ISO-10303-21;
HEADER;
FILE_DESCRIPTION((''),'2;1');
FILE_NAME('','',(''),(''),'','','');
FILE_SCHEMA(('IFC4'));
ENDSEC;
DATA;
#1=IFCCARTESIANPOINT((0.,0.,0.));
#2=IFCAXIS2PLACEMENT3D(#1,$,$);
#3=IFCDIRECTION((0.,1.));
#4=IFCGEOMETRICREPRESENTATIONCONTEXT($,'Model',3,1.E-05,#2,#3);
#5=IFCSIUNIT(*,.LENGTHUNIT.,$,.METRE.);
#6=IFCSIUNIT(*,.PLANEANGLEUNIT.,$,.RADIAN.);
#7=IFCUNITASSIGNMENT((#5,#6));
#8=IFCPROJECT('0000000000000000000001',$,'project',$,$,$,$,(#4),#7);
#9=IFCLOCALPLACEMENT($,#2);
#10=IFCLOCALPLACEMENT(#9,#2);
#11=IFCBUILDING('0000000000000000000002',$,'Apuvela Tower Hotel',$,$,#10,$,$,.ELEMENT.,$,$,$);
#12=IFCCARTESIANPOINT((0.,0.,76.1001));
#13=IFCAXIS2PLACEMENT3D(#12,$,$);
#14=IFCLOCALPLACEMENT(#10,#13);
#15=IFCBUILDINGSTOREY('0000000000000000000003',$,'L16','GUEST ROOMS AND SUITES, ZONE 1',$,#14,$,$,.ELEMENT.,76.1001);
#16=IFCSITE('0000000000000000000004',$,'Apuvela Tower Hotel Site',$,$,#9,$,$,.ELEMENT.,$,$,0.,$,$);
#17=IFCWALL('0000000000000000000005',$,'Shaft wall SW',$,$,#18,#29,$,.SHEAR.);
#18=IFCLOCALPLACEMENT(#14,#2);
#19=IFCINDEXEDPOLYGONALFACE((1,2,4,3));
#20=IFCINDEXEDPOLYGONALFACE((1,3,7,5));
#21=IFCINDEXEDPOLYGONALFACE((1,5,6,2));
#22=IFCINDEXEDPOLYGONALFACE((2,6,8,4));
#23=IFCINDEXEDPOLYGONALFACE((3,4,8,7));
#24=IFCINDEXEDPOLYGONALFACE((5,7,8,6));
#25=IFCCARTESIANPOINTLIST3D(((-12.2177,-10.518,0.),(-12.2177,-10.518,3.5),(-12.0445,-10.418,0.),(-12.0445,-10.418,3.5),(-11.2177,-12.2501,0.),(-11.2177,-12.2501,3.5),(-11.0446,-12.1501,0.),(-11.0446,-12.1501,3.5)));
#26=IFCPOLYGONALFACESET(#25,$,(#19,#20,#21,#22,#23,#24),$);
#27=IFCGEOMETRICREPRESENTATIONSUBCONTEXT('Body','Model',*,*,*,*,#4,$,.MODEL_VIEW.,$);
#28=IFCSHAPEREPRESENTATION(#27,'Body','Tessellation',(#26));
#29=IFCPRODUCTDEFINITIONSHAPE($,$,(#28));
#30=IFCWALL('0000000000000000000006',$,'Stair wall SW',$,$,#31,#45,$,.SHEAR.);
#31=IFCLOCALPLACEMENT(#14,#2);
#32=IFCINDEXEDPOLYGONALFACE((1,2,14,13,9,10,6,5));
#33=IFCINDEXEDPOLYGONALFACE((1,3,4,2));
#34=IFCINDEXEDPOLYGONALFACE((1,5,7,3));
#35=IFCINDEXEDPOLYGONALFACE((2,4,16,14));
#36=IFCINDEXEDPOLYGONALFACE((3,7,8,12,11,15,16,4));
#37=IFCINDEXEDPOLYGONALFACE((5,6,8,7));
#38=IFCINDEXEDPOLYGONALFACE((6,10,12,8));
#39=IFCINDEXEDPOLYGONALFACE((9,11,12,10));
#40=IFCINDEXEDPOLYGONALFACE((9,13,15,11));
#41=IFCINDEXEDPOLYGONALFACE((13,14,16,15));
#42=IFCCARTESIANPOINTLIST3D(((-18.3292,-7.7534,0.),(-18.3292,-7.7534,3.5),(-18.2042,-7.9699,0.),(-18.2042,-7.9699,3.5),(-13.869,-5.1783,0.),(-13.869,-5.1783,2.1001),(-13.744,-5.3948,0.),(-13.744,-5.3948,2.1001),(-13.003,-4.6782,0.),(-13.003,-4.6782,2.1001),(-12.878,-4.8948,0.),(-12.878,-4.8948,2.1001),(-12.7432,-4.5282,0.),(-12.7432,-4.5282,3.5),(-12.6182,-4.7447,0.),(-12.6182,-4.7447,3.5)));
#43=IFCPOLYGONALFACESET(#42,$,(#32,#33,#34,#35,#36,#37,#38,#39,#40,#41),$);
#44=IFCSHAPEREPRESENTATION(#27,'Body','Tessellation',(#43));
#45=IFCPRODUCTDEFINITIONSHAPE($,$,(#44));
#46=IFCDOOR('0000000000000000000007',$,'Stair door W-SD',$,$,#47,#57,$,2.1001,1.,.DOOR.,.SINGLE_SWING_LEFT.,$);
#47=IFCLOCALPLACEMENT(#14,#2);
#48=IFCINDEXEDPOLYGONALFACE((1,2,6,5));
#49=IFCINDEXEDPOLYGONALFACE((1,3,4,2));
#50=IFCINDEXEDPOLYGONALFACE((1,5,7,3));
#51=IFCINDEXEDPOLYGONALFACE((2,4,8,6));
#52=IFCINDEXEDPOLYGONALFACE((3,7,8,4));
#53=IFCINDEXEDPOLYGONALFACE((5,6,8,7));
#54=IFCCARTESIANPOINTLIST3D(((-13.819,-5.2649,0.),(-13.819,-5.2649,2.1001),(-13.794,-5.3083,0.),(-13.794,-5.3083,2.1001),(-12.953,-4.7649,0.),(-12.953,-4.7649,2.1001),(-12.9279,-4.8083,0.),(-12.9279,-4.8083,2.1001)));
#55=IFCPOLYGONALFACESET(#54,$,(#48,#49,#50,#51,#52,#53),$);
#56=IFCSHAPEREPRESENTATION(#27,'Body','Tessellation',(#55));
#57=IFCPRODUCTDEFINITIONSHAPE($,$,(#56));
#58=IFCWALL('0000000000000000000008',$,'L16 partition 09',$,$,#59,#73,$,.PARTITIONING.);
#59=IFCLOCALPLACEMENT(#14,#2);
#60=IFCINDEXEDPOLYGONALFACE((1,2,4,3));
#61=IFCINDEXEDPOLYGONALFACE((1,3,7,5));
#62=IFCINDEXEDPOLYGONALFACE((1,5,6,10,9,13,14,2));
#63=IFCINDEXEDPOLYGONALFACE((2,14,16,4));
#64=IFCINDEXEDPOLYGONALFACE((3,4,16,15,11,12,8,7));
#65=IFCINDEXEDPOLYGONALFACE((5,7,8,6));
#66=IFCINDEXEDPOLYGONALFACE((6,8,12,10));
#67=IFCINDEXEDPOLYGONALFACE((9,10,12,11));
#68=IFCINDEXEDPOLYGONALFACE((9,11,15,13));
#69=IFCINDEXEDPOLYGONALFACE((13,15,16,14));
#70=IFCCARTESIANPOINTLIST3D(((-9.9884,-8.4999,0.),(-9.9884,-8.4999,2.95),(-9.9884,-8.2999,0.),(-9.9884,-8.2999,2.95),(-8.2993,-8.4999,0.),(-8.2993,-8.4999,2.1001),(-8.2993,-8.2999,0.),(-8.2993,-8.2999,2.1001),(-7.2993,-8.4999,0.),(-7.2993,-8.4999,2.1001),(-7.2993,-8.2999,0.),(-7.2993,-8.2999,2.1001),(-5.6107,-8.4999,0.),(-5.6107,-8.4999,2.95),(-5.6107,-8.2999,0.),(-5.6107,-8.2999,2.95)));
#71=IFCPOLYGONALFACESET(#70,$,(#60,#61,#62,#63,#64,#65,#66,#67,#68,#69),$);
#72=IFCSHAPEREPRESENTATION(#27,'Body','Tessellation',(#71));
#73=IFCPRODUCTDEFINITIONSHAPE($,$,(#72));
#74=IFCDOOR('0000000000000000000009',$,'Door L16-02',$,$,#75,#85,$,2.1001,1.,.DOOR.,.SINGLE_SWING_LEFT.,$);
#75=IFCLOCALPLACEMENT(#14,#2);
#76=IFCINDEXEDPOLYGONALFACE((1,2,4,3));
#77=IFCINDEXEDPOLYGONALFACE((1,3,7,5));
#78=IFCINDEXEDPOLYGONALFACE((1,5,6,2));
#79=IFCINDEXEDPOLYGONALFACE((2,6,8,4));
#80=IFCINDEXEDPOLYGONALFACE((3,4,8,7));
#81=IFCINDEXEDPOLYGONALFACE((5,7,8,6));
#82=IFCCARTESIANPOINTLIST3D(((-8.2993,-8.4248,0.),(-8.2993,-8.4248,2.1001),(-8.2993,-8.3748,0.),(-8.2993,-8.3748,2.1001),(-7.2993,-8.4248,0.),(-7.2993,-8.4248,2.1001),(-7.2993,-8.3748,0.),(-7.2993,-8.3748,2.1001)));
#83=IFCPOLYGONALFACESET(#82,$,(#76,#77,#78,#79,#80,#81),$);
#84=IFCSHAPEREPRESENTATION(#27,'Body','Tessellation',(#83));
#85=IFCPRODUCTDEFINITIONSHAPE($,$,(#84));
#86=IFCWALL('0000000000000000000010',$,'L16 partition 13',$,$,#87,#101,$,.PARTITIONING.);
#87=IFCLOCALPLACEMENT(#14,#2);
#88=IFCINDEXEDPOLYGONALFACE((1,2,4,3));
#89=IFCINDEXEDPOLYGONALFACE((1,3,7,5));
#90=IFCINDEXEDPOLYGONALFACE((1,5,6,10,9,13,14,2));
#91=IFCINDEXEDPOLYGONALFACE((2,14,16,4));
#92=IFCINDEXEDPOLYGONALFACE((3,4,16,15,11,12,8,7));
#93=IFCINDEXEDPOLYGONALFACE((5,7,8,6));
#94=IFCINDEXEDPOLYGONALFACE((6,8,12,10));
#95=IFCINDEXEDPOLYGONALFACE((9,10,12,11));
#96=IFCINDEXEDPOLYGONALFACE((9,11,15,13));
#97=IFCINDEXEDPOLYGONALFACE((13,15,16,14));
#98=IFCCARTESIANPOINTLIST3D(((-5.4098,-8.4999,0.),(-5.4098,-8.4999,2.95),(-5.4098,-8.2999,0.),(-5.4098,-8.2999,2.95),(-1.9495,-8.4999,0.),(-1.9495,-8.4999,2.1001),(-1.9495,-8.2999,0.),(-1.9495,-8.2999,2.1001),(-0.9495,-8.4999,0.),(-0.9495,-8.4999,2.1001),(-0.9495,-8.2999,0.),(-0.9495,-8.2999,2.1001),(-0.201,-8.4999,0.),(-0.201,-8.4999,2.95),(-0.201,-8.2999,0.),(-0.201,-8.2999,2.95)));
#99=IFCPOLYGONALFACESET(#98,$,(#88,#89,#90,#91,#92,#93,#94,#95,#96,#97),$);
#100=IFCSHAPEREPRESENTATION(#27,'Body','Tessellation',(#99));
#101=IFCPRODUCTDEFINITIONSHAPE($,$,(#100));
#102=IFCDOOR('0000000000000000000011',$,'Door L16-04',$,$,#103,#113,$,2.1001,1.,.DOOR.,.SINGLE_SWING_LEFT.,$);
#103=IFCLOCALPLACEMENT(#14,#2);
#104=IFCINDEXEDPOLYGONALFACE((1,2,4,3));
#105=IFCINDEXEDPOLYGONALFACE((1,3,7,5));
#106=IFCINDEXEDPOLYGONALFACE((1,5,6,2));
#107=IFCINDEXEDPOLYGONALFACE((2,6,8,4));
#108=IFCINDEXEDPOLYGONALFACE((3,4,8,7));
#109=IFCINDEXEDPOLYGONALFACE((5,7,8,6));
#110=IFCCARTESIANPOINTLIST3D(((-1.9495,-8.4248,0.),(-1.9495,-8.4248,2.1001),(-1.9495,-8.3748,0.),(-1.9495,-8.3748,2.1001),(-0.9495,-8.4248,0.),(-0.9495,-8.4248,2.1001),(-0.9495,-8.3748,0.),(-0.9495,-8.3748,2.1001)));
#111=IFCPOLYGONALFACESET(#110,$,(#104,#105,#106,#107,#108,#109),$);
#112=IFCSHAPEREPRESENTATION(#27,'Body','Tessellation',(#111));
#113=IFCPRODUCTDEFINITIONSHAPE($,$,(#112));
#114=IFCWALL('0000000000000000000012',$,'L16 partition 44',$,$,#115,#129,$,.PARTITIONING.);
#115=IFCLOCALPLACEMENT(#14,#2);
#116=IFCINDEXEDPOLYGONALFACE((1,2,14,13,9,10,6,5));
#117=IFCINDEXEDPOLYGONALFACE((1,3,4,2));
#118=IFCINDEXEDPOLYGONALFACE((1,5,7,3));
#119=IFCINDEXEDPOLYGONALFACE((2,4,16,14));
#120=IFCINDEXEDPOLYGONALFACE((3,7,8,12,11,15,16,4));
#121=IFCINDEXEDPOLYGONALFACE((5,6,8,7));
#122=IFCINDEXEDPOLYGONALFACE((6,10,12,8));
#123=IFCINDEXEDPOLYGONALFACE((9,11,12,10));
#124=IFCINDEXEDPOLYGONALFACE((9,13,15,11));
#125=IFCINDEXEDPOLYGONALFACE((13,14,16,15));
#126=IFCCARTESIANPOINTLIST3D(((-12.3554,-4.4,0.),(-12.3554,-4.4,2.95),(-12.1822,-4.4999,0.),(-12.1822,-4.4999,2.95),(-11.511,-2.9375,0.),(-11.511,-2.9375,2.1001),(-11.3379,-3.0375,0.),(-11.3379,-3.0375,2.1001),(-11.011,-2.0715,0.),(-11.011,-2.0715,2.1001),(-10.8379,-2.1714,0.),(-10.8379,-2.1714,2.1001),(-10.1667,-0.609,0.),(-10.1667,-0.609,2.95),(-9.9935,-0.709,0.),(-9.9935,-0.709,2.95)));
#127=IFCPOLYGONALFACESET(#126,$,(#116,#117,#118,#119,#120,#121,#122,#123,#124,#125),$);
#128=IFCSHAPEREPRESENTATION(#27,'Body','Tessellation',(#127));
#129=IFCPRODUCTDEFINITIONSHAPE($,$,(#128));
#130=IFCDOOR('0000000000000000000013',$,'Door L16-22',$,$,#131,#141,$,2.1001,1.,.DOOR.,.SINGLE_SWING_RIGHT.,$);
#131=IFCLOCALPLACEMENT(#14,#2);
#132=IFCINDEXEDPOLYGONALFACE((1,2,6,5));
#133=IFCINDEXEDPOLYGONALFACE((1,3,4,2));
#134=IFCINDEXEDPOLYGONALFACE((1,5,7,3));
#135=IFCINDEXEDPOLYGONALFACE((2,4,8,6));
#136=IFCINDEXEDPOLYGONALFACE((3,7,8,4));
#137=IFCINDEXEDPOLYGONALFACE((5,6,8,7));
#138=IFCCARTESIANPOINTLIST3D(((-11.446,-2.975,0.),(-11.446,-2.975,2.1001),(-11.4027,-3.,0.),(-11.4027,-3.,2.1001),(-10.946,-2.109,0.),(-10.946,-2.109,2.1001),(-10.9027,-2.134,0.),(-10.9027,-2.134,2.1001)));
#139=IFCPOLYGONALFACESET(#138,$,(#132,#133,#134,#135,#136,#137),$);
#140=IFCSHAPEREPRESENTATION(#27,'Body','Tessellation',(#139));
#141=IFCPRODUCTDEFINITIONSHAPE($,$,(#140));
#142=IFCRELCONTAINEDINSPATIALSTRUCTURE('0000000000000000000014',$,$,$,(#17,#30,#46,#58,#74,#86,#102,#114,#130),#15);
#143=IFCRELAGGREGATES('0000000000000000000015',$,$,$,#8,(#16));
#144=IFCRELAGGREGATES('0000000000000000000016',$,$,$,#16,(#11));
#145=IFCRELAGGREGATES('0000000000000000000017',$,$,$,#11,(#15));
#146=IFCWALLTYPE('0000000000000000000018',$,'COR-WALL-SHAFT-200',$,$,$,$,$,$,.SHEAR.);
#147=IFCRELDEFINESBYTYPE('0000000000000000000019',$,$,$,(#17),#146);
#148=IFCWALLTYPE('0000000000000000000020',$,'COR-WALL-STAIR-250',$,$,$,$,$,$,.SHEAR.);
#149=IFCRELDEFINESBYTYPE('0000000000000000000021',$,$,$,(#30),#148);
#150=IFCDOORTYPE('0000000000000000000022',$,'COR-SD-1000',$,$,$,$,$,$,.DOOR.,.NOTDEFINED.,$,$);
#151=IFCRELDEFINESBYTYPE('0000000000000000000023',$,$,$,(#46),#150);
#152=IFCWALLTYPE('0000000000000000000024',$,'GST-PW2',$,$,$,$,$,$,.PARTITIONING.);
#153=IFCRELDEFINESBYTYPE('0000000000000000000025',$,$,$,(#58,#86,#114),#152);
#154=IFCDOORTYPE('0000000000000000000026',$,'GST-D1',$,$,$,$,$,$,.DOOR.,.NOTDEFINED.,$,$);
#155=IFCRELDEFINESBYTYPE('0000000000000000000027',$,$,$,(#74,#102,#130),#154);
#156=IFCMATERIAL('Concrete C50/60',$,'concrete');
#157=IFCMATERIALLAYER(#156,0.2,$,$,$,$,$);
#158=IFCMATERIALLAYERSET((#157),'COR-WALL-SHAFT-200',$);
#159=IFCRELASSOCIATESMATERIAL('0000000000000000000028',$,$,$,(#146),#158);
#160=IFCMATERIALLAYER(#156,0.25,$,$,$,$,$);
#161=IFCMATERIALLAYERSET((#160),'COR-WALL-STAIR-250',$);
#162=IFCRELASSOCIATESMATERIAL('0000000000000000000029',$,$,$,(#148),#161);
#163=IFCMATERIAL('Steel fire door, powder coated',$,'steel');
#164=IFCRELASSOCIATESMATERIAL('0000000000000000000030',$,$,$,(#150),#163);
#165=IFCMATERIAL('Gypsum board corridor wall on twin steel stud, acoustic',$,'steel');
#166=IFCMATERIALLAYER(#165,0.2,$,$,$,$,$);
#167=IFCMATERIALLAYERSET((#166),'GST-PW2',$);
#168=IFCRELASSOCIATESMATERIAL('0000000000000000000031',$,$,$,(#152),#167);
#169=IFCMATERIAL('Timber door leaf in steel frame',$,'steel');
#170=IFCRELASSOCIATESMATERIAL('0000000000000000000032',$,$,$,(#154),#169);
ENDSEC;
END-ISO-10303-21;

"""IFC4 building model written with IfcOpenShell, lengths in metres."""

from ifc_helpers import new_model, si_unit, direction, frame, frame_2d, origin, place, context, subcontext, project, spatial, rectangle, extrude, material, layer, layer_set, type_object, element, fill, save


model = new_model("IFC4")

# Units and contexts
model_context = context("Model", 3, precision=1e-05, world=origin(), true_north=direction((0.0, 1.0)))
body_context = subcontext(model_context, "Body", "Model", "MODEL_VIEW")
ifc_project = project(units=[si_unit("LENGTHUNIT", "METRE"), si_unit("PLANEANGLEUNIT", "RADIAN")], contexts=[model_context])

# Site, building, storey
site_placement = place(None, origin())
site = spatial("IfcSite", under=ifc_project, at=site_placement, Name="Apuvela Tower Hotel Site", CompositionType="ELEMENT", RefElevation=0.0)
building_placement = place(site_placement, origin())
building = spatial("IfcBuilding", under=site, at=building_placement, Name="Apuvela Tower Hotel", CompositionType="ELEMENT")
storey_placement = place(building_placement, frame((0.0, 0.0, 76.1001)))
storey = spatial("IfcBuildingStorey", under=building, at=storey_placement, Name="L16", Description="GUEST ROOMS AND SUITES, ZONE 1", CompositionType="ELEMENT", Elevation=76.1001)

# Shared definitions
ifc_material_1 = material(Name="Concrete C50/60", Category="concrete")

# Shared definitions
ifc_layer_1 = layer(ifc_material_1, 0.2)
ifc_layer_set_1 = layer_set([ifc_layer_1], Name="COR-WALL-SHAFT-200")
wall_type_1 = type_object("IfcWallType", Name="COR-WALL-SHAFT-200", PredefinedType="SHEAR", material=ifc_layer_set_1)

# Shared definitions
ifc_material_2 = material(Name="Steel fire door, powder coated", Category="steel")

# Wall
wall_1_placement = place(storey_placement, frame((-12.1311, -10.468, 0.0), z_axis=(0.0, 0.0, 1.0), x_axis=(0.499973, -0.866041, 0.0)))
element("IfcWall", 1, at=wall_1_placement, inside=storey, type_object=wall_type_1, Name="Shaft wall SW", PredefinedType="SHEAR", context=body_context, shape_type="SweptSolid", body=[
    extrude(rectangle(XDim=2.0, YDim=0.2, at=frame_2d((1.0, 0.0))), origin(), (0.0, 0.0, 1.0), 3.5),
])

# Walls, openings, doors
ifc_layer_2 = layer(ifc_material_1, 0.25)
ifc_layer_set_2 = layer_set([ifc_layer_2], Name="COR-WALL-STAIR-250")
wall_type_2 = type_object("IfcWallType", Name="COR-WALL-STAIR-250", PredefinedType="SHEAR", material=ifc_layer_set_2)
wall_2_placement = place(storey_placement, frame((-12.6807, -4.6365, 0.0), z_axis=(0.0, 0.0, 1.0), x_axis=(-0.866022, -0.500006, 0.0)))
wall_2 = element("IfcWall", 2, at=wall_2_placement, inside=storey, type_object=wall_type_2, Name="Stair wall SW", PredefinedType="SHEAR", context=body_context, shape_type="SweptSolid", body=[
    extrude(rectangle(XDim=6.4502, YDim=0.25, at=frame_2d((3.2251, 0.0))), origin(), (0.0, 0.0, 1.0), 3.5),
])
opening_1_placement = place(wall_2_placement, frame((0.3, 0.0, 0.0)))
opening_1 = element("IfcOpeningElement", 3, at=opening_1_placement, cuts=wall_2, PredefinedType="OPENING", context=body_context, shape_type="SweptSolid", body=[
    extrude(rectangle(XDim=1.0, YDim=2.1001, at=frame_2d((0.5, 1.05))), frame((0.0, 0.135, 0.0), z_axis=(0.0, -1.0, 0.0), x_axis=(1.0, 0.0, 0.0)), (0.0, 0.0, 1.0), 0.27),
])
door_type_1 = type_object("IfcDoorType", Name="COR-SD-1000", OperationType="NOTDEFINED", PredefinedType="DOOR", material=ifc_material_2)
door_1_placement = place(opening_1_placement, frame((1.0, 0.0, 0.0), z_axis=(0.0, 0.0, 1.0), x_axis=(-1.0, 0.0, 0.0)))
door_1 = element("IfcDoor", 4, at=door_1_placement, inside=storey, type_object=door_type_1, Name="Stair door W-SD", OperationType="SINGLE_SWING_LEFT", OverallHeight=2.1001, OverallWidth=1.0, PredefinedType="DOOR", context=body_context, shape_type="SweptSolid", body=[
    extrude(rectangle(XDim=1.0, YDim=2.1001, at=frame_2d((0.5, 1.05))), frame((0.0, 0.0249, 0.0), z_axis=(0.0, -1.0, 0.0), x_axis=(1.0, 0.0, 0.0)), (0.0, 0.0, 1.0), 0.05),
])
fill(opening_1, door_1)
ifc_material_3 = material(Name="Gypsum board corridor wall on twin steel stud, acoustic", Category="steel")
ifc_layer_3 = layer(ifc_material_3, 0.2)
ifc_layer_set_3 = layer_set([ifc_layer_3], Name="GST-PW2")
wall_type_3 = type_object("IfcWallType", Name="GST-PW2", PredefinedType="PARTITIONING", material=ifc_layer_set_3)
wall_3_placement = place(storey_placement, frame((-5.6106, -8.3999, 0.0), z_axis=(0.0, 0.0, 1.0), x_axis=(-1.0, 0.0, 0.0)))
wall_3 = element("IfcWall", 5, at=wall_3_placement, inside=storey, type_object=wall_type_3, Name="L16 partition 09", PredefinedType="PARTITIONING", context=body_context, shape_type="SweptSolid", body=[
    extrude(rectangle(XDim=4.3777, YDim=0.2, at=frame_2d((2.189, 0.0))), origin(), (0.0, 0.0, 1.0), 2.95),
])
opening_2_placement = place(wall_3_placement, frame((1.6887, 0.0, 0.0)))
opening_2 = element("IfcOpeningElement", 6, at=opening_2_placement, cuts=wall_3, PredefinedType="OPENING", context=body_context, shape_type="SweptSolid", body=[
    extrude(rectangle(XDim=1.0, YDim=2.1001, at=frame_2d((0.5, 1.05))), frame((0.0, 0.1099, 0.0), z_axis=(0.0, -1.0, 0.0), x_axis=(1.0, 0.0, 0.0)), (0.0, 0.0, 1.0), 0.22),
])
ifc_material_4 = material(Name="Timber door leaf in steel frame", Category="steel")
door_type_2 = type_object("IfcDoorType", Name="GST-D1", OperationType="NOTDEFINED", PredefinedType="DOOR", material=ifc_material_4)
door_2_placement = place(opening_2_placement, origin())
door_2 = element("IfcDoor", 7, at=door_2_placement, inside=storey, type_object=door_type_2, Name="Door L16-02", OperationType="SINGLE_SWING_LEFT", OverallHeight=2.1001, OverallWidth=1.0, PredefinedType="DOOR", context=body_context, shape_type="SweptSolid", body=[
    extrude(rectangle(XDim=1.0, YDim=2.1001, at=frame_2d((0.5, 1.05))), frame((0.0, 0.0249, 0.0), z_axis=(0.0, -1.0, 0.0), x_axis=(1.0, 0.0, 0.0)), (0.0, 0.0, 1.0), 0.05),
])
fill(opening_2, door_2)
wall_4_placement = place(storey_placement, frame((-0.2009, -8.3999, 0.0), z_axis=(0.0, 0.0, 1.0), x_axis=(-1.0, 0.0, 0.0)))
wall_4 = element("IfcWall", 8, at=wall_4_placement, inside=storey, type_object=wall_type_3, Name="L16 partition 13", PredefinedType="PARTITIONING", context=body_context, shape_type="SweptSolid", body=[
    extrude(rectangle(XDim=5.2087, YDim=0.2, at=frame_2d((2.6045, 0.0))), origin(), (0.0, 0.0, 1.0), 2.95),
])
opening_3_placement = place(wall_4_placement, frame((0.7485, 0.0, 0.0)))
opening_3 = element("IfcOpeningElement", 9, at=opening_3_placement, cuts=wall_4, PredefinedType="OPENING", context=body_context, shape_type="SweptSolid", body=[
    extrude(rectangle(XDim=1.0, YDim=2.1001, at=frame_2d((0.5, 1.05))), frame((0.0, 0.1099, 0.0), z_axis=(0.0, -1.0, 0.0), x_axis=(1.0, 0.0, 0.0)), (0.0, 0.0, 1.0), 0.22),
])
door_3_placement = place(opening_3_placement, origin())
door_3 = element("IfcDoor", 10, at=door_3_placement, inside=storey, type_object=door_type_2, Name="Door L16-04", OperationType="SINGLE_SWING_LEFT", OverallHeight=2.1001, OverallWidth=1.0, PredefinedType="DOOR", context=body_context, shape_type="SweptSolid", body=[
    extrude(rectangle(XDim=1.0, YDim=2.1001, at=frame_2d((0.5, 1.05))), frame((0.0, 0.0249, 0.0), z_axis=(0.0, -1.0, 0.0), x_axis=(1.0, 0.0, 0.0)), (0.0, 0.0, 1.0), 0.05),
])
fill(opening_3, door_3)
wall_5_placement = place(storey_placement, frame((-12.2688, -4.45, 0.0), z_axis=(0.0, 0.0, 1.0), x_axis=(0.499996, 0.866028, 0.0)))
wall_5 = element("IfcWall", 11, at=wall_5_placement, inside=storey, type_object=wall_type_3, Name="L16 partition 44", PredefinedType="PARTITIONING", context=body_context, shape_type="SweptSolid", body=[
    extrude(rectangle(XDim=4.3774, YDim=0.2, at=frame_2d((2.1887, 0.0))), origin(), (0.0, 0.0, 1.0), 2.95),
])
opening_4_placement = place(wall_5_placement, frame((1.6887, 0.0, 0.0)))
opening_4 = element("IfcOpeningElement", 12, at=opening_4_placement, cuts=wall_5, PredefinedType="OPENING", context=body_context, shape_type="SweptSolid", body=[
    extrude(rectangle(XDim=1.0, YDim=2.1001, at=frame_2d((0.5, 1.05))), frame((0.0, 0.1099, 0.0), z_axis=(0.0, -1.0, 0.0), x_axis=(1.0, 0.0, 0.0)), (0.0, 0.0, 1.0), 0.22),
])
door_4_placement = place(opening_4_placement, origin())
door_4 = element("IfcDoor", 13, at=door_4_placement, inside=storey, type_object=door_type_2, Name="Door L16-22", OperationType="SINGLE_SWING_RIGHT", OverallHeight=2.1001, OverallWidth=1.0, PredefinedType="DOOR", context=body_context, shape_type="SweptSolid", body=[
    extrude(rectangle(XDim=1.0, YDim=2.1001, at=frame_2d((0.5, 1.05))), frame((0.0, 0.0249, 0.0), z_axis=(0.0, -1.0, 0.0), x_axis=(1.0, 0.0, 0.0)), (0.0, 0.0, 1.0), 0.05),
])
fill(opening_4, door_4)

save(model, "model.ifc")
